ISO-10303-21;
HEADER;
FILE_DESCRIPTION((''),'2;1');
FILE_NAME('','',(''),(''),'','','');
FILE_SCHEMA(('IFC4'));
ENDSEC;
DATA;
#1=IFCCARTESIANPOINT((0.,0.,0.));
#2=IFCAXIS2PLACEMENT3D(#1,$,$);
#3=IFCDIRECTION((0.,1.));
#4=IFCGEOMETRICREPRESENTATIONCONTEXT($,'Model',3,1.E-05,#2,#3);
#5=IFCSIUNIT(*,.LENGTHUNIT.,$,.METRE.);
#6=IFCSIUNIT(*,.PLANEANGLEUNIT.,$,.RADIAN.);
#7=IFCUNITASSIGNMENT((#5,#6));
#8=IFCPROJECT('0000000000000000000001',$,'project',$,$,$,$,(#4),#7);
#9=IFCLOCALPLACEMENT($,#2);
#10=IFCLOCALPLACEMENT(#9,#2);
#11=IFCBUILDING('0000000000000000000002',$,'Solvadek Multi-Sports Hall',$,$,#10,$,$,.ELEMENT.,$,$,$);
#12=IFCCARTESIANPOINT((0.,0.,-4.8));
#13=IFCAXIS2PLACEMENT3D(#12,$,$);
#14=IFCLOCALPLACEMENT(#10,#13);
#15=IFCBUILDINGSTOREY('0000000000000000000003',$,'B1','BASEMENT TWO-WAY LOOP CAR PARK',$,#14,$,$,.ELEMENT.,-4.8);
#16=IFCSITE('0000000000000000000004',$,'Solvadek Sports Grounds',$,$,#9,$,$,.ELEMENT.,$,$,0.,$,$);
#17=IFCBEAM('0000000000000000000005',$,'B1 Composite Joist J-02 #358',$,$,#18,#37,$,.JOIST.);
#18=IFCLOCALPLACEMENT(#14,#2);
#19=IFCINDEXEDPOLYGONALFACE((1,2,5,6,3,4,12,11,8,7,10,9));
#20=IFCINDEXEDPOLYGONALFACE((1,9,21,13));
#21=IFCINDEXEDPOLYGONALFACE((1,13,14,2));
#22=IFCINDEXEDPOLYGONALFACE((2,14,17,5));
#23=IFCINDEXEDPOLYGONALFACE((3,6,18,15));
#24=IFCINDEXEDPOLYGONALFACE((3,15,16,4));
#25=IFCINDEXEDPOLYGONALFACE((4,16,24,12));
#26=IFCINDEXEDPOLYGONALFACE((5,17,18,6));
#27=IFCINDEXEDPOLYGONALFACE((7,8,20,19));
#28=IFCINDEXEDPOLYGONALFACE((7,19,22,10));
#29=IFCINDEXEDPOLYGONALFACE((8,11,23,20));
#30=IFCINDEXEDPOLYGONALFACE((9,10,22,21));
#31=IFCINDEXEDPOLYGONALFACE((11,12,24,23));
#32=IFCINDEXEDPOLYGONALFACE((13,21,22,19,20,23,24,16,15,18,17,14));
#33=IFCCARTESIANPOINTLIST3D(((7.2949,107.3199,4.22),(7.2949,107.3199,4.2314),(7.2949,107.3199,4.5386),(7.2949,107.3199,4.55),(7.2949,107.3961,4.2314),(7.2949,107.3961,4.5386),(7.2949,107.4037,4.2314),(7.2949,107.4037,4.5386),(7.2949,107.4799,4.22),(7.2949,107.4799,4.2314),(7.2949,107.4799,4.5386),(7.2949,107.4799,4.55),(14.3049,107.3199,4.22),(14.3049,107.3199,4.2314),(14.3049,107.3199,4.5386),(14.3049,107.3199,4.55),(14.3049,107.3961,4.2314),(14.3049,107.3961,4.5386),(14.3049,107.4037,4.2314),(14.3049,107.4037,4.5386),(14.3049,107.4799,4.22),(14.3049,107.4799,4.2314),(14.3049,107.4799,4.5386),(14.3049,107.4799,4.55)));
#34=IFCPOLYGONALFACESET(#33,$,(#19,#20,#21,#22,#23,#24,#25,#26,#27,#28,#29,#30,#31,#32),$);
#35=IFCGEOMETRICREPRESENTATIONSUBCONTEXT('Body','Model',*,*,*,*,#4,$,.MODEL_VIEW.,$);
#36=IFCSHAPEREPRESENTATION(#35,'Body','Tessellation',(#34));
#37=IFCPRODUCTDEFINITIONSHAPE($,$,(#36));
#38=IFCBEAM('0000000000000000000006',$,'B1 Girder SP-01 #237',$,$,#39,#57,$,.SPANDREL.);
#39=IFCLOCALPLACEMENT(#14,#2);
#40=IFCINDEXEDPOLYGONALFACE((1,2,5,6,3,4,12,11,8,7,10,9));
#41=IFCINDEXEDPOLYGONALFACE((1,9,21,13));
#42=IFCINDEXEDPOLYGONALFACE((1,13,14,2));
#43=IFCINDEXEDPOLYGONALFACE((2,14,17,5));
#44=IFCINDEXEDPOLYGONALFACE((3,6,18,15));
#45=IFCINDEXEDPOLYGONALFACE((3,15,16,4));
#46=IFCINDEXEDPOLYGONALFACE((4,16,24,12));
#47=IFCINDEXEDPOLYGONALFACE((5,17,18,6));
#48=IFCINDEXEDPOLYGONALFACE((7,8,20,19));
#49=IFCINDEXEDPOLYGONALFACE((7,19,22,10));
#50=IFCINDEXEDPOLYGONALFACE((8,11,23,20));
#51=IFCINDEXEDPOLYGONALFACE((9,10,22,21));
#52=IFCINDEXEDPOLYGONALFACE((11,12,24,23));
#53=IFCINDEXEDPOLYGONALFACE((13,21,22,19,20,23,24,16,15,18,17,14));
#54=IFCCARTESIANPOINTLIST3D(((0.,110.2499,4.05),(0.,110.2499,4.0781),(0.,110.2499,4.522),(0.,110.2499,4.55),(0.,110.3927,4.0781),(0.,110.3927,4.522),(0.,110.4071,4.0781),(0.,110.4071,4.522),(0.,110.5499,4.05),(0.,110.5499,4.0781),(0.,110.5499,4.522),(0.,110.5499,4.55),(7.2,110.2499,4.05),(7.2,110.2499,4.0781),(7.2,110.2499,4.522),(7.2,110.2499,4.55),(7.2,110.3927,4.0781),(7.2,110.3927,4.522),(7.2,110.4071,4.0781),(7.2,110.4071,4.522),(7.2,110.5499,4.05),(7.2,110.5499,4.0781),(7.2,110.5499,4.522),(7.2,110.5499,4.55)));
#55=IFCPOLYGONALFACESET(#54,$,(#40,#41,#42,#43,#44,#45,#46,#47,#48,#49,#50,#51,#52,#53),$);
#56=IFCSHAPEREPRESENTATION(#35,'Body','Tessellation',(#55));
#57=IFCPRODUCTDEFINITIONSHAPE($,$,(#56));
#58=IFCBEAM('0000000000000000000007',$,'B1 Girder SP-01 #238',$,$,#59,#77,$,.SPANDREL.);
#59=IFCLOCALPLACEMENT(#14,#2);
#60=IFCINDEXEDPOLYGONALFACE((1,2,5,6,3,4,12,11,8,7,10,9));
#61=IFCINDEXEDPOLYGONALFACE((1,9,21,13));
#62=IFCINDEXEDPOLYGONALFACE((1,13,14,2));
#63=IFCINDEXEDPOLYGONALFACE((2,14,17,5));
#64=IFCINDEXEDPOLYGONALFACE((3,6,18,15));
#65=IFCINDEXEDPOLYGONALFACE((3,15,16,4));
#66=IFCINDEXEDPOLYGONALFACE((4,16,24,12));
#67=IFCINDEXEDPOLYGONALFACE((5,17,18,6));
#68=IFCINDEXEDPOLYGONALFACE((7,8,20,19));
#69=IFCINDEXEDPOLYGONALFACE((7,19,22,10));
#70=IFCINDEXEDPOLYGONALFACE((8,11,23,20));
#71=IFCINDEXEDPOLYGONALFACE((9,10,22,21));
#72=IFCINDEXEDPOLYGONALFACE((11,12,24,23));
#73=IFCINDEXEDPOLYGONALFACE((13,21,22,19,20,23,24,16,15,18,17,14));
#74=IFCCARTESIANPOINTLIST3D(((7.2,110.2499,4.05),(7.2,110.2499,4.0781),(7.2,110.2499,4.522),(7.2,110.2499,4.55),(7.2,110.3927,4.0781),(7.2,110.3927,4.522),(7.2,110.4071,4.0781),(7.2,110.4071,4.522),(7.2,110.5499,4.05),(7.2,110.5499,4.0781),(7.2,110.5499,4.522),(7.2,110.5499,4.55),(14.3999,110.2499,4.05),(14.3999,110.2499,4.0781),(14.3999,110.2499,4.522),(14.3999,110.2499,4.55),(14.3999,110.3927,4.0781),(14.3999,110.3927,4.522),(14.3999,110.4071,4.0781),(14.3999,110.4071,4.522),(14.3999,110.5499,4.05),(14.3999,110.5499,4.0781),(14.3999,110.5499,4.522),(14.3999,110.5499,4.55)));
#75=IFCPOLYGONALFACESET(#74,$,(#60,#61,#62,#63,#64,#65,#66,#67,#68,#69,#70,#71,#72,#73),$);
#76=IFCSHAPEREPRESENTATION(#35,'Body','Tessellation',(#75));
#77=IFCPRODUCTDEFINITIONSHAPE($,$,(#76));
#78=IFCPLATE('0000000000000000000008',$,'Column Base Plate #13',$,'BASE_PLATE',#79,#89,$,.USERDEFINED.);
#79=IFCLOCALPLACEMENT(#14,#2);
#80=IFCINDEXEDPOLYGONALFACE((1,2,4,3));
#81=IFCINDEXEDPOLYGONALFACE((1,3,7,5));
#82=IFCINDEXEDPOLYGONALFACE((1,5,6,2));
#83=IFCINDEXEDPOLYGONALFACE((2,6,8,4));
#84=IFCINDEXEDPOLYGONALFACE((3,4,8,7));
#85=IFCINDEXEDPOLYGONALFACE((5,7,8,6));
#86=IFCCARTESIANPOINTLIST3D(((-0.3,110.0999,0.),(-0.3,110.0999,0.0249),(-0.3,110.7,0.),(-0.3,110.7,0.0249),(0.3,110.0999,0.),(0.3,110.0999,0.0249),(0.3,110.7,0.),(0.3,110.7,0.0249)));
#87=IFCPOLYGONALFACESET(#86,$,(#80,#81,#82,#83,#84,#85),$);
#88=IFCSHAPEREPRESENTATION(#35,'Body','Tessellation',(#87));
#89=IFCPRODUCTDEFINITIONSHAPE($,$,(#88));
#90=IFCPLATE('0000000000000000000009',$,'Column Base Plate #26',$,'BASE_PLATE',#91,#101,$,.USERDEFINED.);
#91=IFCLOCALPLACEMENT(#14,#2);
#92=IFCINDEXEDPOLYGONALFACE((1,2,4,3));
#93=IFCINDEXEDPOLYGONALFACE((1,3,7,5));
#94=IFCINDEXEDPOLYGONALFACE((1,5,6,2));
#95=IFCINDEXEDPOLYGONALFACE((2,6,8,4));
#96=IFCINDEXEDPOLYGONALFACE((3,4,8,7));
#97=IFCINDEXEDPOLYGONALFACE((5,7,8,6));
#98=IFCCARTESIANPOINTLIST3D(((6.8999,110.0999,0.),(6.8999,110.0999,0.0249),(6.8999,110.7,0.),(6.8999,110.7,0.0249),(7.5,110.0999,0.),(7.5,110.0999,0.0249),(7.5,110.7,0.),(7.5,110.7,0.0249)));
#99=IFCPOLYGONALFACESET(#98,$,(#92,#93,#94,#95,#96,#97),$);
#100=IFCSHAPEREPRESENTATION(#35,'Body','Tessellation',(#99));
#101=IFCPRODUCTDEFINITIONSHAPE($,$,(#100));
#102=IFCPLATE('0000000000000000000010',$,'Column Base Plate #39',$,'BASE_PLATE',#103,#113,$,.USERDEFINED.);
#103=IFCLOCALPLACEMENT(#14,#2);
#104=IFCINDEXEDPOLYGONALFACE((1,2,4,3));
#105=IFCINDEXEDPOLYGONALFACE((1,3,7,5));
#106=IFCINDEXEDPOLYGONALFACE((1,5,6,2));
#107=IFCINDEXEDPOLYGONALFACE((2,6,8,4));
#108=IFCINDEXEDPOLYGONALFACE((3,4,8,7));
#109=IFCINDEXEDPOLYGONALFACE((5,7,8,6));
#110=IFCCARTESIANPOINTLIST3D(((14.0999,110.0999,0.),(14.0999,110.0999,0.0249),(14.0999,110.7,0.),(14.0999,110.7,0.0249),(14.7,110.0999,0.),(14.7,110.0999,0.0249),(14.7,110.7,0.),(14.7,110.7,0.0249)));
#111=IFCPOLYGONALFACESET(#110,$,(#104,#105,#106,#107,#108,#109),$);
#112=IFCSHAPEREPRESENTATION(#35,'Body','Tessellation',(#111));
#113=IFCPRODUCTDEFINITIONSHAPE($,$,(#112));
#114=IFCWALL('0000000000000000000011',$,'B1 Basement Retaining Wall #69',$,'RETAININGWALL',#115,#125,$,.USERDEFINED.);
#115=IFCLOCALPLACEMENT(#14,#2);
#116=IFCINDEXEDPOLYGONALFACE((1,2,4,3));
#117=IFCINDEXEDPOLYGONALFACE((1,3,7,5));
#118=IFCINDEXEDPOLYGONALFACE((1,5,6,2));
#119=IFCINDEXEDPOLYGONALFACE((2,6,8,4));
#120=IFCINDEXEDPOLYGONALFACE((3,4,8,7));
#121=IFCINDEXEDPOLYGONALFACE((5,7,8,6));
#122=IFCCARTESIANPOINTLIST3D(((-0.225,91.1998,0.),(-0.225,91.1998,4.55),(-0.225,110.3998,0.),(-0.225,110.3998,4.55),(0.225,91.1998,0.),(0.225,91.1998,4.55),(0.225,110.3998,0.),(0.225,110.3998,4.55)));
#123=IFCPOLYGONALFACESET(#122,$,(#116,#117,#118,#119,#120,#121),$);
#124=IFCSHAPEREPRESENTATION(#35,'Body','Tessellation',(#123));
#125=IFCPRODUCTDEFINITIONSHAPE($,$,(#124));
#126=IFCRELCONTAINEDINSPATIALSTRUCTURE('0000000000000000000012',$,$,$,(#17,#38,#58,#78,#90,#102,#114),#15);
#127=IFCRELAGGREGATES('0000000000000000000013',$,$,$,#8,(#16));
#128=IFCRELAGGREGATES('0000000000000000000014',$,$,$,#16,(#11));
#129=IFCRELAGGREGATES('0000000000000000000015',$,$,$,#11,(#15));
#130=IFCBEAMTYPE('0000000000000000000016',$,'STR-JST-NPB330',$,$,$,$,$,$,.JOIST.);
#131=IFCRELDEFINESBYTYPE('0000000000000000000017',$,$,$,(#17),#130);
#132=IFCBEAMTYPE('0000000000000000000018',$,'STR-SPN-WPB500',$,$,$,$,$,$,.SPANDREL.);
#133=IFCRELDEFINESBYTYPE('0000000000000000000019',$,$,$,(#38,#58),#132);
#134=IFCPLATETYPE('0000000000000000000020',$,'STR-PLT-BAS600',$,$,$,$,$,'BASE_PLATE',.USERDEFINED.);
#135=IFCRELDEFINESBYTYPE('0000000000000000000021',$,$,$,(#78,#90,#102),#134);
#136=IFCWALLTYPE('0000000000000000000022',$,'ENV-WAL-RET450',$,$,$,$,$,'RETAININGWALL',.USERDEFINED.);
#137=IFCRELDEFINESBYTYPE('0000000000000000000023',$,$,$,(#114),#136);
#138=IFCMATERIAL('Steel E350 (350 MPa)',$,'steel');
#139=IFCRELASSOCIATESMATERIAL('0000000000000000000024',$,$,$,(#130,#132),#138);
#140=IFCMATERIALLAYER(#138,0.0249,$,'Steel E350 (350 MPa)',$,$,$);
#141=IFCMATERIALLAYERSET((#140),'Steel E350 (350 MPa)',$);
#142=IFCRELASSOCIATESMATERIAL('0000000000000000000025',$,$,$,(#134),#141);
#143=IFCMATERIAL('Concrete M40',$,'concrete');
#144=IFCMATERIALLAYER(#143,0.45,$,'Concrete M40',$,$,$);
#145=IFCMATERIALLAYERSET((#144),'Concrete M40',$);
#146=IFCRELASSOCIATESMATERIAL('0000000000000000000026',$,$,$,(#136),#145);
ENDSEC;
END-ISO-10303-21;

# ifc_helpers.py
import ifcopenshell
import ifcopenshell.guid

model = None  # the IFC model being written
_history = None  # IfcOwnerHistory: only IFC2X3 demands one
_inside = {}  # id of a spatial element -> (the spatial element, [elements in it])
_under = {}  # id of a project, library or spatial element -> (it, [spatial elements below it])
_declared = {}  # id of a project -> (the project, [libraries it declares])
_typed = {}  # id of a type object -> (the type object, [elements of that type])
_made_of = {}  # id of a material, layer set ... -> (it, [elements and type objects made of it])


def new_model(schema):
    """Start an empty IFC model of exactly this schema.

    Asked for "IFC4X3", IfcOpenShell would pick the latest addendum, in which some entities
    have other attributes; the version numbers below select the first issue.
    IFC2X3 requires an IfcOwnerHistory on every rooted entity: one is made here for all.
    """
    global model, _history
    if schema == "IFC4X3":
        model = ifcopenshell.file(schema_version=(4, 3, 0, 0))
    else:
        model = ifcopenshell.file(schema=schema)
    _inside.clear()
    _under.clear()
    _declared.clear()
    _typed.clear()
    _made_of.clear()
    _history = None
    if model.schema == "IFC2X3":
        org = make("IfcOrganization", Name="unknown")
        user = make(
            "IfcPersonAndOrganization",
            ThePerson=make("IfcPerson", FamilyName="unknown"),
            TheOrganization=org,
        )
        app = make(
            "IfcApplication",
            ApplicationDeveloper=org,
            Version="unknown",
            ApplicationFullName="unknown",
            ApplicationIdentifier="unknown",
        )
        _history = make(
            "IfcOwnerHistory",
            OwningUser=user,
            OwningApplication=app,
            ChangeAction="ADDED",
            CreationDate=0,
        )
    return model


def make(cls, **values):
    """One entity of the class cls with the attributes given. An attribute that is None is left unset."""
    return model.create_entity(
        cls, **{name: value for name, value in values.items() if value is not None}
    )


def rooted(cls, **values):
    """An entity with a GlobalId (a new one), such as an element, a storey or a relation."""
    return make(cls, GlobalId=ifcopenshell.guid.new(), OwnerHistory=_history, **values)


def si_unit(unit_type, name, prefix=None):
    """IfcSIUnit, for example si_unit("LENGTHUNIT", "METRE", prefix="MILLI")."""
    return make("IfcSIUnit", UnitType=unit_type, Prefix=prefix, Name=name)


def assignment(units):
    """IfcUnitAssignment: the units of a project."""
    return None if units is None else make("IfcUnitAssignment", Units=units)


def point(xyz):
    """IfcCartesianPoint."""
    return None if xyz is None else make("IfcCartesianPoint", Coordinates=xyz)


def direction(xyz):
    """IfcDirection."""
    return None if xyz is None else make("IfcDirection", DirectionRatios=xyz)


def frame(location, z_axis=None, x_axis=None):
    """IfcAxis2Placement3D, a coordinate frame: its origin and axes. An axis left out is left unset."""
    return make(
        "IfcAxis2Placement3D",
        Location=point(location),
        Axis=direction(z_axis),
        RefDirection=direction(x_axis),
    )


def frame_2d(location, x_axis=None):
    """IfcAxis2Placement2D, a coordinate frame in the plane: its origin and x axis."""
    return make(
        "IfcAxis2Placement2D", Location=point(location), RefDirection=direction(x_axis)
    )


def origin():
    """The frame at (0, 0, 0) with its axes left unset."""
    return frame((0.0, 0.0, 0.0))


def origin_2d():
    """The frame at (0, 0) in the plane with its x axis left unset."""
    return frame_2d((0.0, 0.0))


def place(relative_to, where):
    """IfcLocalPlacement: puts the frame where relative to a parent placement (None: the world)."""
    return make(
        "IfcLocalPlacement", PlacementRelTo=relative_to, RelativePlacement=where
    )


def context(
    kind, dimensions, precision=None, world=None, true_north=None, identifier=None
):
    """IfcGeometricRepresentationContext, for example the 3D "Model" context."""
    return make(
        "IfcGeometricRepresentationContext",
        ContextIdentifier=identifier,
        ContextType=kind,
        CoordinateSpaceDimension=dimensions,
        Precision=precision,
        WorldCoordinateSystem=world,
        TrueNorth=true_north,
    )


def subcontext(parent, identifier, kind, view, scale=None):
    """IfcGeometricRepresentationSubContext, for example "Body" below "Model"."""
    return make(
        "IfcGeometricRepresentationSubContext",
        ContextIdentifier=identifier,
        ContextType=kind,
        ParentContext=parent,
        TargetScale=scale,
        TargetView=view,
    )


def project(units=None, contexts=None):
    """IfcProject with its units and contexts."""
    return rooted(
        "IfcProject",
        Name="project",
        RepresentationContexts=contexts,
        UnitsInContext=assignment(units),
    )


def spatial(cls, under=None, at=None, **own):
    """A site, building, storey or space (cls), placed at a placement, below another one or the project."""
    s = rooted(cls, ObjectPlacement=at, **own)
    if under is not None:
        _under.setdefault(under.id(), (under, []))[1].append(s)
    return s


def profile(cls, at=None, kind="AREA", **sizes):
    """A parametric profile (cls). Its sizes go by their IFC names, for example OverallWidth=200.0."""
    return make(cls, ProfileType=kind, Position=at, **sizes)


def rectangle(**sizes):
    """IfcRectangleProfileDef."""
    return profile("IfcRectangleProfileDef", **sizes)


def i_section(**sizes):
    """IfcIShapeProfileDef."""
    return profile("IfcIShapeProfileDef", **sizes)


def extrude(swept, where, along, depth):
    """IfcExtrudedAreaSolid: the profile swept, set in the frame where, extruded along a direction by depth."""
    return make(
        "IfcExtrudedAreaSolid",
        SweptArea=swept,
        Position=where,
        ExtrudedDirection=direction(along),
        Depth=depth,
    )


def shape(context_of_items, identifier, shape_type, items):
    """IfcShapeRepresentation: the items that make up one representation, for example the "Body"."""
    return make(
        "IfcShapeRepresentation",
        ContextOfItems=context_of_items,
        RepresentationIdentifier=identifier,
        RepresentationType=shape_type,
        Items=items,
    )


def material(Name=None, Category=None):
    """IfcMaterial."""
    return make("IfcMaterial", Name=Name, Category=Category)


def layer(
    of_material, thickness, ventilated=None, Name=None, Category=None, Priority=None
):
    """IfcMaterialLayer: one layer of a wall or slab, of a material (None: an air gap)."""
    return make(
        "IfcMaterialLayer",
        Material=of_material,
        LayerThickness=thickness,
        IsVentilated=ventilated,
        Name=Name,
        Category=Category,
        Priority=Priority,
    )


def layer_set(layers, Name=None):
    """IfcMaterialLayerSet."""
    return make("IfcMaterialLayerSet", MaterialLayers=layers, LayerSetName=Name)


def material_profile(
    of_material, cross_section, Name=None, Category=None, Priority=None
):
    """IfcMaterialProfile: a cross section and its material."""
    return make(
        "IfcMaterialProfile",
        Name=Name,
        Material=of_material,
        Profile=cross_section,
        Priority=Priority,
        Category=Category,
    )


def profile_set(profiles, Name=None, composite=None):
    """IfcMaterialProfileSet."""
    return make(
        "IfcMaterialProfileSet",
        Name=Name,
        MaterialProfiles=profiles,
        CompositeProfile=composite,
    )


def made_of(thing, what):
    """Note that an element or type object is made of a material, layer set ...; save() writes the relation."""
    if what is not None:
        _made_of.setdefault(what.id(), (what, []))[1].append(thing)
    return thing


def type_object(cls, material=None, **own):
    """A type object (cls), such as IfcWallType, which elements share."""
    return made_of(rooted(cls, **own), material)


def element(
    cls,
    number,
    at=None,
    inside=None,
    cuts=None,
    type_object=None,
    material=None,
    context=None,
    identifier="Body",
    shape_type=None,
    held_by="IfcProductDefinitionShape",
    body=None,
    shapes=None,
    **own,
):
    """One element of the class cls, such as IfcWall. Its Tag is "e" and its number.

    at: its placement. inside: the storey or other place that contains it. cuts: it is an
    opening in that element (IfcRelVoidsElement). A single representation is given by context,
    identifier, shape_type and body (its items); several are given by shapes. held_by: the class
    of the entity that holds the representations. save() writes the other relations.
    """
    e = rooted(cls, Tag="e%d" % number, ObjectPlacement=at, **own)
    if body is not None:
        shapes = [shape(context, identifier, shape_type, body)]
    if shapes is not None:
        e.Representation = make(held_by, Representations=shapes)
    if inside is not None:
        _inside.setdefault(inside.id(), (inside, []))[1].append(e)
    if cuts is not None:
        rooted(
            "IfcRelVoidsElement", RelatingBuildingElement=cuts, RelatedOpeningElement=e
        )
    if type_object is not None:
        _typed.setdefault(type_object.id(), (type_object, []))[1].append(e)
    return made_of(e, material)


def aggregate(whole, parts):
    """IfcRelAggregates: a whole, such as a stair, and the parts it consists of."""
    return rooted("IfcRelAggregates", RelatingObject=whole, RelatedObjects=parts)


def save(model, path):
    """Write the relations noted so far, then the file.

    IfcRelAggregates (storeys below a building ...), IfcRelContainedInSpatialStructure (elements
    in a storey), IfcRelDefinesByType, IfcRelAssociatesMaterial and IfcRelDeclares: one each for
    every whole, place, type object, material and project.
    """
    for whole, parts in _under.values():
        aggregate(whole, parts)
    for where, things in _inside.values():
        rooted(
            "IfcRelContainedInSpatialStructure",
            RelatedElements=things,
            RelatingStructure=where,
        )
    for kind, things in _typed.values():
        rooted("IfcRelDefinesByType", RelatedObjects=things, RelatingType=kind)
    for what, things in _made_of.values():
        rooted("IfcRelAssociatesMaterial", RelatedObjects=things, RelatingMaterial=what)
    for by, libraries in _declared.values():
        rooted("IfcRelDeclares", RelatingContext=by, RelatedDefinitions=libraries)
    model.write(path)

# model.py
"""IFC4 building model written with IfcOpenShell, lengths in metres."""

from ifc_helpers import new_model, si_unit, direction, frame, frame_2d, origin, origin_2d, place, context, subcontext, project, spatial, rectangle, i_section, extrude, material, layer, layer_set, material_profile, profile_set, type_object, element, save


model = new_model("IFC4")

# Units and contexts
model_context = context("Model", 3, precision=1e-05, world=origin(), true_north=direction((0.0, 1.0)))
body_context = subcontext(model_context, "Body", "Model", "MODEL_VIEW")
ifc_project = project(units=[si_unit("LENGTHUNIT", "METRE"), si_unit("PLANEANGLEUNIT", "RADIAN")], contexts=[model_context])

# Site, building, storey
site_placement = place(None, origin())
site = spatial("IfcSite", under=ifc_project, at=site_placement, Name="Solvadek Sports Grounds", CompositionType="ELEMENT", RefElevation=0.0)
building_placement = place(site_placement, origin())
building = spatial("IfcBuilding", under=site, at=building_placement, Name="Solvadek Multi-Sports Hall", CompositionType="ELEMENT")
storey_placement = place(building_placement, frame((0.0, 0.0, -4.8)))
storey = spatial("IfcBuildingStorey", under=building, at=storey_placement, Name="B1", Description="BASEMENT TWO-WAY LOOP CAR PARK", CompositionType="ELEMENT", Elevation=-4.8)

# Shared definitions
ifc_material_1 = material(Name="Concrete M40", Category="concrete")

# Shared definitions
ifc_material_2 = material(Name="Steel E350 (350 MPa)", Category="steel")

# Beams
ifc_material_profile_1 = material_profile(ifc_material_2, i_section(OverallWidth=0.1599, OverallDepth=0.3301, WebThickness=0.0076, FlangeThickness=0.0115, at=origin_2d()), Name="NPB 330")
ifc_profile_set_1 = profile_set([ifc_material_profile_1], Name="Steel E350 (350 MPa)")
beam_type_1 = type_object("IfcBeamType", Name="STR-JST-NPB330", PredefinedType="JOIST", material=ifc_profile_set_1)
beam_1_placement = place(storey_placement, frame((7.2949, 107.3999, 4.385), z_axis=(1.0, 0.0, 0.0), x_axis=(0.0, 1.0, 0.0)))
element("IfcBeam", 1, at=beam_1_placement, inside=storey, type_object=beam_type_1, Name="B1 Composite Joist J-02 #358", PredefinedType="JOIST", context=body_context, shape_type="SweptSolid", body=[
    extrude(i_section(OverallWidth=0.1599, OverallDepth=0.3301, WebThickness=0.0076, FlangeThickness=0.0115, at=origin_2d()), origin(), (0.0, 0.0, 1.0), 7.01),
])
ifc_material_profile_2 = material_profile(ifc_material_2, i_section(OverallWidth=0.3, OverallDepth=0.5, WebThickness=0.0144, FlangeThickness=0.0281, at=origin_2d()), Name="WPB 500")
ifc_profile_set_2 = profile_set([ifc_material_profile_2], Name="Steel E350 (350 MPa)")
beam_type_2 = type_object("IfcBeamType", Name="STR-SPN-WPB500", PredefinedType="SPANDREL", material=ifc_profile_set_2)
for number, where, z_axis, x_axis, name in (
    (2, (0.0, 110.3999, 4.3), (1.0, 0.0, 0.0), (0.0, 1.0, 0.0), "B1 Girder SP-01 #237"),
    (3, (7.2, 110.3999, 4.3), (1.0, 0.0, 0.0), (0.0, 1.0, 0.0), "B1 Girder SP-01 #238"),
):
    element("IfcBeam", number, at=place(storey_placement, frame(where, z_axis=z_axis, x_axis=x_axis)), inside=storey, type_object=beam_type_2, Name=name, PredefinedType="SPANDREL", context=body_context, shape_type="SweptSolid", body=[
        extrude(i_section(OverallWidth=0.3, OverallDepth=0.5, WebThickness=0.0144, FlangeThickness=0.0281, at=origin_2d()), origin(), (0.0, 0.0, 1.0), 7.2),
    ])

# Plates
ifc_layer_1 = layer(ifc_material_2, 0.0249, Name="Steel E350 (350 MPa)")
ifc_layer_set_1 = layer_set([ifc_layer_1], Name="Steel E350 (350 MPa)")
plate_type = type_object("IfcPlateType", Name="STR-PLT-BAS600", ElementType="BASE_PLATE", PredefinedType="USERDEFINED", material=ifc_layer_set_1)
for number, where, z_axis, x_axis, name in (
    (4, (0.0, 110.3999, 0.0), (0.0, 0.0, 1.0), (1.0, 0.0, 0.0), "Column Base Plate #13"),
    (5, (7.2, 110.3999, 0.0), (0.0, 0.0, 1.0), (1.0, 0.0, 0.0), "Column Base Plate #26"),
    (6, (14.3999, 110.3999, 0.0), (0.0, 0.0, 1.0), (1.0, 0.0, 0.0), "Column Base Plate #39"),
):
    element("IfcPlate", number, at=place(storey_placement, frame(where, z_axis=z_axis, x_axis=x_axis)), inside=storey, type_object=plate_type, Name=name, ObjectType="BASE_PLATE", PredefinedType="USERDEFINED", context=body_context, shape_type="SweptSolid", body=[
        extrude(rectangle(XDim=0.6001, YDim=0.6001, at=origin_2d()), origin(), (0.0, 0.0, 1.0), 0.0249),
    ])

# Wall
ifc_layer_2 = layer(ifc_material_1, 0.45, Name="Concrete M40")
ifc_layer_set_2 = layer_set([ifc_layer_2], Name="Concrete M40")
wall_type = type_object("IfcWallType", Name="ENV-WAL-RET450", ElementType="RETAININGWALL", PredefinedType="USERDEFINED", material=ifc_layer_set_2)
wall_placement = place(storey_placement, frame((0.0, 110.3999, 0.0), z_axis=(0.0, 0.0, 1.0), x_axis=(0.0, -1.0, 0.0)))
element("IfcWall", 7, at=wall_placement, inside=storey, type_object=wall_type, Name="B1 Basement Retaining Wall #69", ObjectType="RETAININGWALL", PredefinedType="USERDEFINED", context=body_context, shape_type="SweptSolid", body=[
    extrude(rectangle(XDim=19.2, YDim=0.45, at=frame_2d((9.6001, 0.0))), origin(), (0.0, 0.0, 1.0), 4.55),
])

save(model, "model.ifc")
